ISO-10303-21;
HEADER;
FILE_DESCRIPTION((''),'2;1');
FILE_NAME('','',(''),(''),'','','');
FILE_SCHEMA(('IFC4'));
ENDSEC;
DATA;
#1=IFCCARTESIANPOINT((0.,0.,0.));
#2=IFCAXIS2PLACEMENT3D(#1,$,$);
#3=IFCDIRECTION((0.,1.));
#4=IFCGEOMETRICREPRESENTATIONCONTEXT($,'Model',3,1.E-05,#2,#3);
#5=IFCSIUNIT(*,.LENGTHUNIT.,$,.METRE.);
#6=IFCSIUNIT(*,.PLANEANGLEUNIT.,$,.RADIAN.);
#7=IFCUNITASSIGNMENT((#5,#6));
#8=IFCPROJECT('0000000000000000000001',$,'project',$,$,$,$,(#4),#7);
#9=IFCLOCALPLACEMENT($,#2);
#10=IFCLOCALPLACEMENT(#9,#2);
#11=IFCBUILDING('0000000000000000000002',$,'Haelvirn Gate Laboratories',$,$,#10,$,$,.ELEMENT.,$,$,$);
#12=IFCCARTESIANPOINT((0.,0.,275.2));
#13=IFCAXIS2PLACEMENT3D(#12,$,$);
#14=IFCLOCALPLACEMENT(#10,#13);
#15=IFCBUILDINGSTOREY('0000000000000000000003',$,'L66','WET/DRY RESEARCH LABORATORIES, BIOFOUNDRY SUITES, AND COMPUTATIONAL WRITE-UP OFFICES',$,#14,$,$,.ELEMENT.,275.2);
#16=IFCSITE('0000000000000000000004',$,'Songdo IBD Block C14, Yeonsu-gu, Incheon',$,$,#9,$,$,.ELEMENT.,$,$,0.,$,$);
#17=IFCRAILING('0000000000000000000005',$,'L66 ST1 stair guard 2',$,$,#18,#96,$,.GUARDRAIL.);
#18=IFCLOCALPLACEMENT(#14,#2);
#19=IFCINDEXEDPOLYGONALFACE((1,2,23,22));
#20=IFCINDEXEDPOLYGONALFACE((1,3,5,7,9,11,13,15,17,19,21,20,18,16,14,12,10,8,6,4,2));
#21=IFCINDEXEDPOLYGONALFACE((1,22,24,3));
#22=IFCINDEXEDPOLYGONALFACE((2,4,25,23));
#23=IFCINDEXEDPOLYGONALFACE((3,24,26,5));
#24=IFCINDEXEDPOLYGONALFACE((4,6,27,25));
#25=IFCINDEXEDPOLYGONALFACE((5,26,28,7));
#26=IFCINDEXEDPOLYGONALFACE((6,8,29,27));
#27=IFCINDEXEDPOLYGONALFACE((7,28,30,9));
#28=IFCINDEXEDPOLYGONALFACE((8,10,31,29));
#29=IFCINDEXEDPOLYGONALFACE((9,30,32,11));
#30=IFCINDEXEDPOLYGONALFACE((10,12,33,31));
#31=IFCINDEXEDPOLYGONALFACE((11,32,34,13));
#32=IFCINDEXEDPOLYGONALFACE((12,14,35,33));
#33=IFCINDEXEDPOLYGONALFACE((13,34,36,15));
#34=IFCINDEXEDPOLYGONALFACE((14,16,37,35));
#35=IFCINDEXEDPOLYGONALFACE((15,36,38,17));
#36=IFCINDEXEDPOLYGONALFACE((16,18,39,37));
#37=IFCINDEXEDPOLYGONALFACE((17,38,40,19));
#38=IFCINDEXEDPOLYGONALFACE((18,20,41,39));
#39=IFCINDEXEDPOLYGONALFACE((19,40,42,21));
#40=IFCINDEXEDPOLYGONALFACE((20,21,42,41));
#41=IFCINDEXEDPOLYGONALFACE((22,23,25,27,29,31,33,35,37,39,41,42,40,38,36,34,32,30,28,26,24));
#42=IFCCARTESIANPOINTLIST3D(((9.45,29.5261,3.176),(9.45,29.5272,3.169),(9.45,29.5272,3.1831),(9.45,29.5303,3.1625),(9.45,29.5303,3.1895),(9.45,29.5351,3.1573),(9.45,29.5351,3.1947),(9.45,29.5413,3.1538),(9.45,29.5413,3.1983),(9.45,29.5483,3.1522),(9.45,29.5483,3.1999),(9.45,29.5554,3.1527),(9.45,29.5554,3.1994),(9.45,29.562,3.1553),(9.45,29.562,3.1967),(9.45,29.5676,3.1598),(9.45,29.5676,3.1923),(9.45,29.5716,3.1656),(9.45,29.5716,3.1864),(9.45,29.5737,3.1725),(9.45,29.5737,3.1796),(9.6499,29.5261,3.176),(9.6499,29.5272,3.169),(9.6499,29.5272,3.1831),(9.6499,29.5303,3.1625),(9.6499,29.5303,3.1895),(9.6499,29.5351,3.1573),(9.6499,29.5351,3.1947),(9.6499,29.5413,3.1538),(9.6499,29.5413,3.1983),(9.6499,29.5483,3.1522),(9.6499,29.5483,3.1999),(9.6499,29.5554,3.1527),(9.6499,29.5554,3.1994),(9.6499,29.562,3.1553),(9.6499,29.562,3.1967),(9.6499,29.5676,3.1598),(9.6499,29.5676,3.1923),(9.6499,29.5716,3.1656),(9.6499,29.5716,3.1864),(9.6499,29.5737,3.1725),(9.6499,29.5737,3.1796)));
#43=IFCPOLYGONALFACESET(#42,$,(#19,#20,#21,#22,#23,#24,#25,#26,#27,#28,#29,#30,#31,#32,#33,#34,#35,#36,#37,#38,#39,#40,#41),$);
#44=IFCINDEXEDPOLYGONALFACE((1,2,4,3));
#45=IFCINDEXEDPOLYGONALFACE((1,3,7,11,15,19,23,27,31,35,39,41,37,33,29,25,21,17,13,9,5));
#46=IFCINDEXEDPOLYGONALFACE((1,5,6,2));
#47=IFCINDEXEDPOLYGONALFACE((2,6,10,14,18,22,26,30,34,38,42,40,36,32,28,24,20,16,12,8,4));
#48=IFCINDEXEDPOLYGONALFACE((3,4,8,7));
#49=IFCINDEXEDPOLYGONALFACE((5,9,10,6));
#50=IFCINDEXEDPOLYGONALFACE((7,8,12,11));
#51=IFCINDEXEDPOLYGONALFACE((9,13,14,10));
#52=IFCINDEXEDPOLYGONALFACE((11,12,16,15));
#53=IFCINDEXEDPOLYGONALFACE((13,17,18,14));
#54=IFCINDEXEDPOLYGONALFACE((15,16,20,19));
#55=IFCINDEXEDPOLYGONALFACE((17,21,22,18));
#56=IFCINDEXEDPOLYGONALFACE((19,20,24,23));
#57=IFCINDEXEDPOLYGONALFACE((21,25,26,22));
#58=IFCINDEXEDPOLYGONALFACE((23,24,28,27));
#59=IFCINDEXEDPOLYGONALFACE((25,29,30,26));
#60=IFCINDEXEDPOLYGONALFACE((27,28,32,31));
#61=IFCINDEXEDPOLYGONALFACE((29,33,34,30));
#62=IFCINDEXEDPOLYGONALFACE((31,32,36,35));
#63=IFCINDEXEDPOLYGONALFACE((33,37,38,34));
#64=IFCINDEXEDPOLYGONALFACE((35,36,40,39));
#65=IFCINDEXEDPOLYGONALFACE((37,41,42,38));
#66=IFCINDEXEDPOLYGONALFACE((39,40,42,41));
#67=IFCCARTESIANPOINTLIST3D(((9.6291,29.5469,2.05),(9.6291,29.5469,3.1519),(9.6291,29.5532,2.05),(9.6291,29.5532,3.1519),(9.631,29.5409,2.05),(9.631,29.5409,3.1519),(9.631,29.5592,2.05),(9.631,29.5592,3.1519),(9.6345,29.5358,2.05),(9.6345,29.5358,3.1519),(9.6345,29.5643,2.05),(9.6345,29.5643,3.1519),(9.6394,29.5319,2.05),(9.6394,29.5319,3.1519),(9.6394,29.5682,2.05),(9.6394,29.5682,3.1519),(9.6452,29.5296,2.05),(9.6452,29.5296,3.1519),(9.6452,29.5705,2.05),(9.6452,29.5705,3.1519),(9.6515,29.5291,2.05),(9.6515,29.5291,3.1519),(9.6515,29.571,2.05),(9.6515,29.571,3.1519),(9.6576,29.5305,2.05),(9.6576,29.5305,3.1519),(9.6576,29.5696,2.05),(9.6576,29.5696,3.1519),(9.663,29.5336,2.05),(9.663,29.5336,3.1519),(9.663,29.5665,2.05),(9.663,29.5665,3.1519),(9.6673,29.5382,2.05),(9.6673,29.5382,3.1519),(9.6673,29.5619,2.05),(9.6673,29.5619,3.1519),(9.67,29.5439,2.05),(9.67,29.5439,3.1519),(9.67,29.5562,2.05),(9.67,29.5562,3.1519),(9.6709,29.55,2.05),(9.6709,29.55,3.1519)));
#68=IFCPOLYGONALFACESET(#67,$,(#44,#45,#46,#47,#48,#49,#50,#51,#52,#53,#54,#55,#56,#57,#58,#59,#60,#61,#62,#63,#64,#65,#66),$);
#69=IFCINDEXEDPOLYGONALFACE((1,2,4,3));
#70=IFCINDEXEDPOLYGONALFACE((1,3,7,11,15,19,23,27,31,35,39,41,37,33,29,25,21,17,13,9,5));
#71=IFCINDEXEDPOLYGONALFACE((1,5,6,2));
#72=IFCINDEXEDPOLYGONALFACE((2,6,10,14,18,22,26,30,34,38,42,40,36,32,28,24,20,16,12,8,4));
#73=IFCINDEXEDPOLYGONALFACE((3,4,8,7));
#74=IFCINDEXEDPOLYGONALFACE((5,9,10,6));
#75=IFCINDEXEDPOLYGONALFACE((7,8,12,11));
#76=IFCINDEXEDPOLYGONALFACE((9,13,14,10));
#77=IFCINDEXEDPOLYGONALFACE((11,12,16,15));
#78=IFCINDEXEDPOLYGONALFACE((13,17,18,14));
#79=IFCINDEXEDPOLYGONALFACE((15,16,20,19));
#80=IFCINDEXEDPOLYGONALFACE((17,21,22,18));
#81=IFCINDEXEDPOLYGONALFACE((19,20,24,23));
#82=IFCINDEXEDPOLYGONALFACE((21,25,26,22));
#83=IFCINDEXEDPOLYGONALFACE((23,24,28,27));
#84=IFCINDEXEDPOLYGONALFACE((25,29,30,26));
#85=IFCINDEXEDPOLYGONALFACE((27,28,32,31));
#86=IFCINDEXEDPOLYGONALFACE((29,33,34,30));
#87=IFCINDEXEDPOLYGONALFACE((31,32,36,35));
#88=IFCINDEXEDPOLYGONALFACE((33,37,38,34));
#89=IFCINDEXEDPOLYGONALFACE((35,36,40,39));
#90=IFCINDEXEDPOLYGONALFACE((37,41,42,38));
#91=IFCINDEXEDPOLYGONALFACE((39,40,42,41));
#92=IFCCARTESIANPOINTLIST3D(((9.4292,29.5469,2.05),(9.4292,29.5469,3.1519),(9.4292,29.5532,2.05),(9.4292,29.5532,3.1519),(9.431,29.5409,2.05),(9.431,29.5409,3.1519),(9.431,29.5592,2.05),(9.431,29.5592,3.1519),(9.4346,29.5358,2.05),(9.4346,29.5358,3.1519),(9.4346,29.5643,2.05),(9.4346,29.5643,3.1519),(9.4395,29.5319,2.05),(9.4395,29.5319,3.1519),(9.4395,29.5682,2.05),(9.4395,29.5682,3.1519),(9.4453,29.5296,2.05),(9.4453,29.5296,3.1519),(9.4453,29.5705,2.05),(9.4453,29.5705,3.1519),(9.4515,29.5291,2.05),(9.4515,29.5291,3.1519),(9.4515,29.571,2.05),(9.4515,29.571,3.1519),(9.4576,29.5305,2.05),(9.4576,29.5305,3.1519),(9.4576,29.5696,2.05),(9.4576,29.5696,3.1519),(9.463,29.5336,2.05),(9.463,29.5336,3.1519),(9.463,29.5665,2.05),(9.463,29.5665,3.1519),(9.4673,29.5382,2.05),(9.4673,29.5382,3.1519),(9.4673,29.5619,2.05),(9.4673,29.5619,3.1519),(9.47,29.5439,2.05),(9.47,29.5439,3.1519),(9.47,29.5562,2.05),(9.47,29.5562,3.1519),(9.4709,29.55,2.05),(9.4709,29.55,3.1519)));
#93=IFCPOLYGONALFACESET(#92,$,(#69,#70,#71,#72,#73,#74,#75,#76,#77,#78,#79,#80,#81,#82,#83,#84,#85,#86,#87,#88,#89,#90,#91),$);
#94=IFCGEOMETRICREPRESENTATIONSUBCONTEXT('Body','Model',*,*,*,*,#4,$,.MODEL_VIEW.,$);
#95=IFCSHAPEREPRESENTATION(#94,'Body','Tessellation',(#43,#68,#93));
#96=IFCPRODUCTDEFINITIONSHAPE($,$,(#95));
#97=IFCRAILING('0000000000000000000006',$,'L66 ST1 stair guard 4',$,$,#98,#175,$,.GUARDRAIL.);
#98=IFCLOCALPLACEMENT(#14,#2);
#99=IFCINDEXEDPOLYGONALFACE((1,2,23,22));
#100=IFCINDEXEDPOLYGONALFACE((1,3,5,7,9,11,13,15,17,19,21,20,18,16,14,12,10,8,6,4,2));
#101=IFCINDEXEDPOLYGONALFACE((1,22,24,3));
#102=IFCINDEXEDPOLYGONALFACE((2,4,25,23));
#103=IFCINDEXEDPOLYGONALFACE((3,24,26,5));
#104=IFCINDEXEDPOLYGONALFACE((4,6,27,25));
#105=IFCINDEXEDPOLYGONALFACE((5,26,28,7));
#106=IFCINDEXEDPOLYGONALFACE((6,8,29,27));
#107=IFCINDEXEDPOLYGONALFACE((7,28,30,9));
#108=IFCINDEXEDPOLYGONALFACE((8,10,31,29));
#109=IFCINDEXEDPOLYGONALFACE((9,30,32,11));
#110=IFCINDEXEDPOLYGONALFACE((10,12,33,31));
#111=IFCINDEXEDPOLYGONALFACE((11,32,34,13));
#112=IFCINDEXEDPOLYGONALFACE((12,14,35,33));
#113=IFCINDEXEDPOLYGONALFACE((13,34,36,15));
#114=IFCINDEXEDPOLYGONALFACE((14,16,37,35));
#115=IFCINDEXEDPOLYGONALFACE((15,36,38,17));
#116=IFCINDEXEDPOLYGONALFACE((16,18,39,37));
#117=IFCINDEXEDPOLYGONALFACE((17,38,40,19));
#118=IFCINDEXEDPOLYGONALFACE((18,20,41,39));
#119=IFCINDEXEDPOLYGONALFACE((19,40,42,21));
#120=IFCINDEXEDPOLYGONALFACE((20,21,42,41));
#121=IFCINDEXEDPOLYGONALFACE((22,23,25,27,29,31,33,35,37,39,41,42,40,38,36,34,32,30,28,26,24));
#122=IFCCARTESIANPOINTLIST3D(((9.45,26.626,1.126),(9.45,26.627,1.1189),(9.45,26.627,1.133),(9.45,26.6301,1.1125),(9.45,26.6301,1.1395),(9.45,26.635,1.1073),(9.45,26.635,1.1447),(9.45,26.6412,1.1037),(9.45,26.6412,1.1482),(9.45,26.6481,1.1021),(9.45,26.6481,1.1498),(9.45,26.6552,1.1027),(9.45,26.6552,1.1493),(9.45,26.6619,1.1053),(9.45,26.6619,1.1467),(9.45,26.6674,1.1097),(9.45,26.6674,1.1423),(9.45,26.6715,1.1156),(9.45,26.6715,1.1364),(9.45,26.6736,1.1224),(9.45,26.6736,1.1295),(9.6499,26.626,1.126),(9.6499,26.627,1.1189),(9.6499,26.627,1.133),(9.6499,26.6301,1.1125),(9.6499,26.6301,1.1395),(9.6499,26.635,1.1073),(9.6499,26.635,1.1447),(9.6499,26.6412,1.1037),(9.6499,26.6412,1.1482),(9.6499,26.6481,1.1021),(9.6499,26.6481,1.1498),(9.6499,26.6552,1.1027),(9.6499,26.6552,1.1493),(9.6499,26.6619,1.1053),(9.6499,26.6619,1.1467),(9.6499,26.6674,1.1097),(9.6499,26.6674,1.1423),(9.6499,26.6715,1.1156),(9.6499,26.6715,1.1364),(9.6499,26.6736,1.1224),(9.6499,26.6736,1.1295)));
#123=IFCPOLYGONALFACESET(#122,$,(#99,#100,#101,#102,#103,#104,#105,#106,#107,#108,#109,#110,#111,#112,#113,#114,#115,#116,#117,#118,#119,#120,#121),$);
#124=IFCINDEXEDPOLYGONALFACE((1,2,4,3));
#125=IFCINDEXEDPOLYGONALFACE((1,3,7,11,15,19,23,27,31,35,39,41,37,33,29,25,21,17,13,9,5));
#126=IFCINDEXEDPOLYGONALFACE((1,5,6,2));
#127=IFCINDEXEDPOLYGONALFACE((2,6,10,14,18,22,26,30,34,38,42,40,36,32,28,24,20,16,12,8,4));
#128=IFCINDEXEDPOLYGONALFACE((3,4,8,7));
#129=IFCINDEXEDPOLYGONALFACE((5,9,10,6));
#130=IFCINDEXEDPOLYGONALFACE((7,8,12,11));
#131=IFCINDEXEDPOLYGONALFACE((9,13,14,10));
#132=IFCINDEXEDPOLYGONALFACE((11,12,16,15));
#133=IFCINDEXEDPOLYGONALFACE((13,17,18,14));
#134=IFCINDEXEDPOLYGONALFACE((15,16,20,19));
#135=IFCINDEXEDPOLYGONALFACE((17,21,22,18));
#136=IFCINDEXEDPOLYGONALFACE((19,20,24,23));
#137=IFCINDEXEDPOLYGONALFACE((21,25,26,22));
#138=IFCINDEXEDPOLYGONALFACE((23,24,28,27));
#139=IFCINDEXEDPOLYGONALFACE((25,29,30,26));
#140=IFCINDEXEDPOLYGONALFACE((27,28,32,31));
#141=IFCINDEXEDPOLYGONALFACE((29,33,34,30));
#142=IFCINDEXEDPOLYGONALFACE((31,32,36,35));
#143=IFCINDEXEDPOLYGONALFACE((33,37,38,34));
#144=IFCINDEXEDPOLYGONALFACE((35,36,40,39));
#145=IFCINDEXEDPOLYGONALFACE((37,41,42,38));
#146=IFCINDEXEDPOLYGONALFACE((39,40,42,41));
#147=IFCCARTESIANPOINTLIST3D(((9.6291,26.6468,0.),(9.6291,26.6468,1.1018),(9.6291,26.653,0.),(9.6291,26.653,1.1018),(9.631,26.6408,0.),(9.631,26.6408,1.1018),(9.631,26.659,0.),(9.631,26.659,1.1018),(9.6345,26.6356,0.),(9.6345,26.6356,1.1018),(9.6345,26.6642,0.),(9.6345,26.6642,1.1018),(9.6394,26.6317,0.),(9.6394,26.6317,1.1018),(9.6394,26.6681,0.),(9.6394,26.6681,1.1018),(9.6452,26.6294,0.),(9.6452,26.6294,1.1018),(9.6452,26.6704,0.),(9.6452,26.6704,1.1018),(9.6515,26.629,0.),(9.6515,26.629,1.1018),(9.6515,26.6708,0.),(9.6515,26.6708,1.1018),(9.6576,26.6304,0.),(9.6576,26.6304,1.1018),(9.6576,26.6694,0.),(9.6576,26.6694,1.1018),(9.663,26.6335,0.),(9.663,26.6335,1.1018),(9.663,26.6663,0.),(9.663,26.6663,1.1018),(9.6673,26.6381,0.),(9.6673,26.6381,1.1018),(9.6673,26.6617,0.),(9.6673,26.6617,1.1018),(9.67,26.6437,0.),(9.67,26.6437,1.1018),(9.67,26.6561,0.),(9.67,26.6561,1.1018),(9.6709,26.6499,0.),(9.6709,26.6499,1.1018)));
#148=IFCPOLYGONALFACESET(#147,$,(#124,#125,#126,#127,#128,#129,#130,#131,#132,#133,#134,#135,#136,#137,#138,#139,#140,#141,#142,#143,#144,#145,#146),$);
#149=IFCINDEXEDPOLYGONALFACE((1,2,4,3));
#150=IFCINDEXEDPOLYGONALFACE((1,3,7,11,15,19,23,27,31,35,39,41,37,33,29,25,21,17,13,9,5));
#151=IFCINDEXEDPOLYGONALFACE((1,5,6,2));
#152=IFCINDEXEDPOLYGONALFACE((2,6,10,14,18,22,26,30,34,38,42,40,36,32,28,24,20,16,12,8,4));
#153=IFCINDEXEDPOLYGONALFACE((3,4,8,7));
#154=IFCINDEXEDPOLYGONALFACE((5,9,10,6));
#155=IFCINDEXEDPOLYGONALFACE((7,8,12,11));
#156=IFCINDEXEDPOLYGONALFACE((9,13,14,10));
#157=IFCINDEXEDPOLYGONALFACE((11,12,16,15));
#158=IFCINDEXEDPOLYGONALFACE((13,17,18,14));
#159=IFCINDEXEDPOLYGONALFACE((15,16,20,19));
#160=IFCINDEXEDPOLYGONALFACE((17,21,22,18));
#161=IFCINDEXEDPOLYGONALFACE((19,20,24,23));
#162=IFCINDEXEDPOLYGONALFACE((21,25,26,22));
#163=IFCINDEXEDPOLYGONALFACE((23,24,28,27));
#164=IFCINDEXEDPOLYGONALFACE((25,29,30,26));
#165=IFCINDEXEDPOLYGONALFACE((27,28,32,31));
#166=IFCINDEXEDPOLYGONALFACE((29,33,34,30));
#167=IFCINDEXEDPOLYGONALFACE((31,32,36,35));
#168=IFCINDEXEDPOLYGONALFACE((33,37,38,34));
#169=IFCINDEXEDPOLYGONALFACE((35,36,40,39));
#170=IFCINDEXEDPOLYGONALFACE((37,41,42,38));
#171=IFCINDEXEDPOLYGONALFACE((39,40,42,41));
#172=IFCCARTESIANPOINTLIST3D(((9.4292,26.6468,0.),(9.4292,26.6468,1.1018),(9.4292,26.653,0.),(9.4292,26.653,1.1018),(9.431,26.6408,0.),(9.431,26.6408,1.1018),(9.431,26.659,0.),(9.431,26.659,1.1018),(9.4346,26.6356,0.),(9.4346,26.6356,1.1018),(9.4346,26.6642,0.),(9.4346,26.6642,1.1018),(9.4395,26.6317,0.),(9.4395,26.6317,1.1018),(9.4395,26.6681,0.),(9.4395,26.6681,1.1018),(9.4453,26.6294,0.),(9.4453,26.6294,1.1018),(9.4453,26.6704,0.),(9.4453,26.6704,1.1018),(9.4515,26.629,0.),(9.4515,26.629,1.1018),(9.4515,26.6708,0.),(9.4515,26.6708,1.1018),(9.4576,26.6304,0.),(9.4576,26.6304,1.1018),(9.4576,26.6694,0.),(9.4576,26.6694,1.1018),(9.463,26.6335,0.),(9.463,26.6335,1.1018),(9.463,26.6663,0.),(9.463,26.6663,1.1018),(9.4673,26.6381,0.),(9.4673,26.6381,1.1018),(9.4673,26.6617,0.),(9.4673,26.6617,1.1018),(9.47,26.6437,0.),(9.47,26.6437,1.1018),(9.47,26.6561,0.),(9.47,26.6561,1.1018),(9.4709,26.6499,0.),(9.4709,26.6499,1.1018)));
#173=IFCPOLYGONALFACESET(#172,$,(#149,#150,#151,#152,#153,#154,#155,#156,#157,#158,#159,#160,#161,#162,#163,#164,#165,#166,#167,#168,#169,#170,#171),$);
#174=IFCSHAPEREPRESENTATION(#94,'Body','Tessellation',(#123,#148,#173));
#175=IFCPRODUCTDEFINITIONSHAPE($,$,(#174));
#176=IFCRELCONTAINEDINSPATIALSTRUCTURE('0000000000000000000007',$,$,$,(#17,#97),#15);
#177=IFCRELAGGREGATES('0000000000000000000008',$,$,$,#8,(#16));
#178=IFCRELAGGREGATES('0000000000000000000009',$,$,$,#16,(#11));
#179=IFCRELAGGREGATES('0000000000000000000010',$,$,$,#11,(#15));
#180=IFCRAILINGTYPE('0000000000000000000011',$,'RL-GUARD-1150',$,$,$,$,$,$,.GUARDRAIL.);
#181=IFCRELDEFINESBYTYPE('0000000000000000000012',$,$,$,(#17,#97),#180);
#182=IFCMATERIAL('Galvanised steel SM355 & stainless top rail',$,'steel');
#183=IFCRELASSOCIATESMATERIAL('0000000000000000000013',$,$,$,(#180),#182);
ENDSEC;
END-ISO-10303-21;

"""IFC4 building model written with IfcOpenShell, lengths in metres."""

from ifc_helpers import new_model, si_unit, direction, frame, origin, origin_2d, place, context, subcontext, project, spatial, circle, extrude, source, transform, mapped, material, type_object, element, save


model = new_model("IFC4")

# Units and contexts
model_context = context("Model", 3, precision=1e-05, world=origin(), true_north=direction((0.0, 1.0)))
body_context = subcontext(model_context, "Body", "Model", "MODEL_VIEW")
ifc_project = project(units=[si_unit("LENGTHUNIT", "METRE"), si_unit("PLANEANGLEUNIT", "RADIAN")], contexts=[model_context])

# Site, building, storey
site_placement = place(None, origin())
site = spatial("IfcSite", under=ifc_project, at=site_placement, Name="Songdo IBD Block C14, Yeonsu-gu, Incheon", CompositionType="ELEMENT", RefElevation=0.0)
building_placement = place(site_placement, origin())
building = spatial("IfcBuilding", under=site, at=building_placement, Name="Haelvirn Gate Laboratories", CompositionType="ELEMENT")
storey_placement = place(building_placement, frame((0.0, 0.0, 275.2)))
storey = spatial("IfcBuildingStorey", under=building, at=storey_placement, Name="L66", Description="WET/DRY RESEARCH LABORATORIES, BIOFOUNDRY SUITES, AND COMPUTATIONAL WRITE-UP OFFICES", CompositionType="ELEMENT", Elevation=275.2)

# Railings
ifc_material_1 = material(Name="Galvanised steel SM355 & stainless top rail", Category="steel")
railing_type_1 = type_object("IfcRailingType", Name="RL-GUARD-1150", PredefinedType="GUARDRAIL", material=ifc_material_1)
shared_shape_1 = source(origin(), body_context, "Body", "SweptSolid", [
    extrude(circle(Radius=0.0239, at=origin_2d()), frame((0.0, 0.0, 1.126), z_axis=(-1.0, 0.0, 0.0), x_axis=(0.0, -1.0, 0.0)), (0.0, 0.0, 1.0), 0.2),
    extrude(circle(Radius=0.021, at=origin_2d()), origin(), (0.0, 0.0, 1.0), 1.1018),
    extrude(circle(Radius=0.021, at=origin_2d()), frame((-0.2, 0.0, 0.0)), (0.0, 0.0, 1.0), 1.1018),
])
for number, where, name in (
    (1, (9.6499, 29.55, 2.05), "L66 ST1 stair guard 2"),
    (2, (9.6499, 26.6499, 0.0), "L66 ST1 stair guard 4"),
):
    element("IfcRailing", number, at=place(storey_placement, frame(where)), inside=storey, type_object=railing_type_1, Name=name, PredefinedType="GUARDRAIL", context=body_context, shape_type="MappedRepresentation", body=[
        mapped(shared_shape_1, transform((0.0, 0.0, 0.0), scale=1.0)),
    ])

save(model, "model.ifc")
